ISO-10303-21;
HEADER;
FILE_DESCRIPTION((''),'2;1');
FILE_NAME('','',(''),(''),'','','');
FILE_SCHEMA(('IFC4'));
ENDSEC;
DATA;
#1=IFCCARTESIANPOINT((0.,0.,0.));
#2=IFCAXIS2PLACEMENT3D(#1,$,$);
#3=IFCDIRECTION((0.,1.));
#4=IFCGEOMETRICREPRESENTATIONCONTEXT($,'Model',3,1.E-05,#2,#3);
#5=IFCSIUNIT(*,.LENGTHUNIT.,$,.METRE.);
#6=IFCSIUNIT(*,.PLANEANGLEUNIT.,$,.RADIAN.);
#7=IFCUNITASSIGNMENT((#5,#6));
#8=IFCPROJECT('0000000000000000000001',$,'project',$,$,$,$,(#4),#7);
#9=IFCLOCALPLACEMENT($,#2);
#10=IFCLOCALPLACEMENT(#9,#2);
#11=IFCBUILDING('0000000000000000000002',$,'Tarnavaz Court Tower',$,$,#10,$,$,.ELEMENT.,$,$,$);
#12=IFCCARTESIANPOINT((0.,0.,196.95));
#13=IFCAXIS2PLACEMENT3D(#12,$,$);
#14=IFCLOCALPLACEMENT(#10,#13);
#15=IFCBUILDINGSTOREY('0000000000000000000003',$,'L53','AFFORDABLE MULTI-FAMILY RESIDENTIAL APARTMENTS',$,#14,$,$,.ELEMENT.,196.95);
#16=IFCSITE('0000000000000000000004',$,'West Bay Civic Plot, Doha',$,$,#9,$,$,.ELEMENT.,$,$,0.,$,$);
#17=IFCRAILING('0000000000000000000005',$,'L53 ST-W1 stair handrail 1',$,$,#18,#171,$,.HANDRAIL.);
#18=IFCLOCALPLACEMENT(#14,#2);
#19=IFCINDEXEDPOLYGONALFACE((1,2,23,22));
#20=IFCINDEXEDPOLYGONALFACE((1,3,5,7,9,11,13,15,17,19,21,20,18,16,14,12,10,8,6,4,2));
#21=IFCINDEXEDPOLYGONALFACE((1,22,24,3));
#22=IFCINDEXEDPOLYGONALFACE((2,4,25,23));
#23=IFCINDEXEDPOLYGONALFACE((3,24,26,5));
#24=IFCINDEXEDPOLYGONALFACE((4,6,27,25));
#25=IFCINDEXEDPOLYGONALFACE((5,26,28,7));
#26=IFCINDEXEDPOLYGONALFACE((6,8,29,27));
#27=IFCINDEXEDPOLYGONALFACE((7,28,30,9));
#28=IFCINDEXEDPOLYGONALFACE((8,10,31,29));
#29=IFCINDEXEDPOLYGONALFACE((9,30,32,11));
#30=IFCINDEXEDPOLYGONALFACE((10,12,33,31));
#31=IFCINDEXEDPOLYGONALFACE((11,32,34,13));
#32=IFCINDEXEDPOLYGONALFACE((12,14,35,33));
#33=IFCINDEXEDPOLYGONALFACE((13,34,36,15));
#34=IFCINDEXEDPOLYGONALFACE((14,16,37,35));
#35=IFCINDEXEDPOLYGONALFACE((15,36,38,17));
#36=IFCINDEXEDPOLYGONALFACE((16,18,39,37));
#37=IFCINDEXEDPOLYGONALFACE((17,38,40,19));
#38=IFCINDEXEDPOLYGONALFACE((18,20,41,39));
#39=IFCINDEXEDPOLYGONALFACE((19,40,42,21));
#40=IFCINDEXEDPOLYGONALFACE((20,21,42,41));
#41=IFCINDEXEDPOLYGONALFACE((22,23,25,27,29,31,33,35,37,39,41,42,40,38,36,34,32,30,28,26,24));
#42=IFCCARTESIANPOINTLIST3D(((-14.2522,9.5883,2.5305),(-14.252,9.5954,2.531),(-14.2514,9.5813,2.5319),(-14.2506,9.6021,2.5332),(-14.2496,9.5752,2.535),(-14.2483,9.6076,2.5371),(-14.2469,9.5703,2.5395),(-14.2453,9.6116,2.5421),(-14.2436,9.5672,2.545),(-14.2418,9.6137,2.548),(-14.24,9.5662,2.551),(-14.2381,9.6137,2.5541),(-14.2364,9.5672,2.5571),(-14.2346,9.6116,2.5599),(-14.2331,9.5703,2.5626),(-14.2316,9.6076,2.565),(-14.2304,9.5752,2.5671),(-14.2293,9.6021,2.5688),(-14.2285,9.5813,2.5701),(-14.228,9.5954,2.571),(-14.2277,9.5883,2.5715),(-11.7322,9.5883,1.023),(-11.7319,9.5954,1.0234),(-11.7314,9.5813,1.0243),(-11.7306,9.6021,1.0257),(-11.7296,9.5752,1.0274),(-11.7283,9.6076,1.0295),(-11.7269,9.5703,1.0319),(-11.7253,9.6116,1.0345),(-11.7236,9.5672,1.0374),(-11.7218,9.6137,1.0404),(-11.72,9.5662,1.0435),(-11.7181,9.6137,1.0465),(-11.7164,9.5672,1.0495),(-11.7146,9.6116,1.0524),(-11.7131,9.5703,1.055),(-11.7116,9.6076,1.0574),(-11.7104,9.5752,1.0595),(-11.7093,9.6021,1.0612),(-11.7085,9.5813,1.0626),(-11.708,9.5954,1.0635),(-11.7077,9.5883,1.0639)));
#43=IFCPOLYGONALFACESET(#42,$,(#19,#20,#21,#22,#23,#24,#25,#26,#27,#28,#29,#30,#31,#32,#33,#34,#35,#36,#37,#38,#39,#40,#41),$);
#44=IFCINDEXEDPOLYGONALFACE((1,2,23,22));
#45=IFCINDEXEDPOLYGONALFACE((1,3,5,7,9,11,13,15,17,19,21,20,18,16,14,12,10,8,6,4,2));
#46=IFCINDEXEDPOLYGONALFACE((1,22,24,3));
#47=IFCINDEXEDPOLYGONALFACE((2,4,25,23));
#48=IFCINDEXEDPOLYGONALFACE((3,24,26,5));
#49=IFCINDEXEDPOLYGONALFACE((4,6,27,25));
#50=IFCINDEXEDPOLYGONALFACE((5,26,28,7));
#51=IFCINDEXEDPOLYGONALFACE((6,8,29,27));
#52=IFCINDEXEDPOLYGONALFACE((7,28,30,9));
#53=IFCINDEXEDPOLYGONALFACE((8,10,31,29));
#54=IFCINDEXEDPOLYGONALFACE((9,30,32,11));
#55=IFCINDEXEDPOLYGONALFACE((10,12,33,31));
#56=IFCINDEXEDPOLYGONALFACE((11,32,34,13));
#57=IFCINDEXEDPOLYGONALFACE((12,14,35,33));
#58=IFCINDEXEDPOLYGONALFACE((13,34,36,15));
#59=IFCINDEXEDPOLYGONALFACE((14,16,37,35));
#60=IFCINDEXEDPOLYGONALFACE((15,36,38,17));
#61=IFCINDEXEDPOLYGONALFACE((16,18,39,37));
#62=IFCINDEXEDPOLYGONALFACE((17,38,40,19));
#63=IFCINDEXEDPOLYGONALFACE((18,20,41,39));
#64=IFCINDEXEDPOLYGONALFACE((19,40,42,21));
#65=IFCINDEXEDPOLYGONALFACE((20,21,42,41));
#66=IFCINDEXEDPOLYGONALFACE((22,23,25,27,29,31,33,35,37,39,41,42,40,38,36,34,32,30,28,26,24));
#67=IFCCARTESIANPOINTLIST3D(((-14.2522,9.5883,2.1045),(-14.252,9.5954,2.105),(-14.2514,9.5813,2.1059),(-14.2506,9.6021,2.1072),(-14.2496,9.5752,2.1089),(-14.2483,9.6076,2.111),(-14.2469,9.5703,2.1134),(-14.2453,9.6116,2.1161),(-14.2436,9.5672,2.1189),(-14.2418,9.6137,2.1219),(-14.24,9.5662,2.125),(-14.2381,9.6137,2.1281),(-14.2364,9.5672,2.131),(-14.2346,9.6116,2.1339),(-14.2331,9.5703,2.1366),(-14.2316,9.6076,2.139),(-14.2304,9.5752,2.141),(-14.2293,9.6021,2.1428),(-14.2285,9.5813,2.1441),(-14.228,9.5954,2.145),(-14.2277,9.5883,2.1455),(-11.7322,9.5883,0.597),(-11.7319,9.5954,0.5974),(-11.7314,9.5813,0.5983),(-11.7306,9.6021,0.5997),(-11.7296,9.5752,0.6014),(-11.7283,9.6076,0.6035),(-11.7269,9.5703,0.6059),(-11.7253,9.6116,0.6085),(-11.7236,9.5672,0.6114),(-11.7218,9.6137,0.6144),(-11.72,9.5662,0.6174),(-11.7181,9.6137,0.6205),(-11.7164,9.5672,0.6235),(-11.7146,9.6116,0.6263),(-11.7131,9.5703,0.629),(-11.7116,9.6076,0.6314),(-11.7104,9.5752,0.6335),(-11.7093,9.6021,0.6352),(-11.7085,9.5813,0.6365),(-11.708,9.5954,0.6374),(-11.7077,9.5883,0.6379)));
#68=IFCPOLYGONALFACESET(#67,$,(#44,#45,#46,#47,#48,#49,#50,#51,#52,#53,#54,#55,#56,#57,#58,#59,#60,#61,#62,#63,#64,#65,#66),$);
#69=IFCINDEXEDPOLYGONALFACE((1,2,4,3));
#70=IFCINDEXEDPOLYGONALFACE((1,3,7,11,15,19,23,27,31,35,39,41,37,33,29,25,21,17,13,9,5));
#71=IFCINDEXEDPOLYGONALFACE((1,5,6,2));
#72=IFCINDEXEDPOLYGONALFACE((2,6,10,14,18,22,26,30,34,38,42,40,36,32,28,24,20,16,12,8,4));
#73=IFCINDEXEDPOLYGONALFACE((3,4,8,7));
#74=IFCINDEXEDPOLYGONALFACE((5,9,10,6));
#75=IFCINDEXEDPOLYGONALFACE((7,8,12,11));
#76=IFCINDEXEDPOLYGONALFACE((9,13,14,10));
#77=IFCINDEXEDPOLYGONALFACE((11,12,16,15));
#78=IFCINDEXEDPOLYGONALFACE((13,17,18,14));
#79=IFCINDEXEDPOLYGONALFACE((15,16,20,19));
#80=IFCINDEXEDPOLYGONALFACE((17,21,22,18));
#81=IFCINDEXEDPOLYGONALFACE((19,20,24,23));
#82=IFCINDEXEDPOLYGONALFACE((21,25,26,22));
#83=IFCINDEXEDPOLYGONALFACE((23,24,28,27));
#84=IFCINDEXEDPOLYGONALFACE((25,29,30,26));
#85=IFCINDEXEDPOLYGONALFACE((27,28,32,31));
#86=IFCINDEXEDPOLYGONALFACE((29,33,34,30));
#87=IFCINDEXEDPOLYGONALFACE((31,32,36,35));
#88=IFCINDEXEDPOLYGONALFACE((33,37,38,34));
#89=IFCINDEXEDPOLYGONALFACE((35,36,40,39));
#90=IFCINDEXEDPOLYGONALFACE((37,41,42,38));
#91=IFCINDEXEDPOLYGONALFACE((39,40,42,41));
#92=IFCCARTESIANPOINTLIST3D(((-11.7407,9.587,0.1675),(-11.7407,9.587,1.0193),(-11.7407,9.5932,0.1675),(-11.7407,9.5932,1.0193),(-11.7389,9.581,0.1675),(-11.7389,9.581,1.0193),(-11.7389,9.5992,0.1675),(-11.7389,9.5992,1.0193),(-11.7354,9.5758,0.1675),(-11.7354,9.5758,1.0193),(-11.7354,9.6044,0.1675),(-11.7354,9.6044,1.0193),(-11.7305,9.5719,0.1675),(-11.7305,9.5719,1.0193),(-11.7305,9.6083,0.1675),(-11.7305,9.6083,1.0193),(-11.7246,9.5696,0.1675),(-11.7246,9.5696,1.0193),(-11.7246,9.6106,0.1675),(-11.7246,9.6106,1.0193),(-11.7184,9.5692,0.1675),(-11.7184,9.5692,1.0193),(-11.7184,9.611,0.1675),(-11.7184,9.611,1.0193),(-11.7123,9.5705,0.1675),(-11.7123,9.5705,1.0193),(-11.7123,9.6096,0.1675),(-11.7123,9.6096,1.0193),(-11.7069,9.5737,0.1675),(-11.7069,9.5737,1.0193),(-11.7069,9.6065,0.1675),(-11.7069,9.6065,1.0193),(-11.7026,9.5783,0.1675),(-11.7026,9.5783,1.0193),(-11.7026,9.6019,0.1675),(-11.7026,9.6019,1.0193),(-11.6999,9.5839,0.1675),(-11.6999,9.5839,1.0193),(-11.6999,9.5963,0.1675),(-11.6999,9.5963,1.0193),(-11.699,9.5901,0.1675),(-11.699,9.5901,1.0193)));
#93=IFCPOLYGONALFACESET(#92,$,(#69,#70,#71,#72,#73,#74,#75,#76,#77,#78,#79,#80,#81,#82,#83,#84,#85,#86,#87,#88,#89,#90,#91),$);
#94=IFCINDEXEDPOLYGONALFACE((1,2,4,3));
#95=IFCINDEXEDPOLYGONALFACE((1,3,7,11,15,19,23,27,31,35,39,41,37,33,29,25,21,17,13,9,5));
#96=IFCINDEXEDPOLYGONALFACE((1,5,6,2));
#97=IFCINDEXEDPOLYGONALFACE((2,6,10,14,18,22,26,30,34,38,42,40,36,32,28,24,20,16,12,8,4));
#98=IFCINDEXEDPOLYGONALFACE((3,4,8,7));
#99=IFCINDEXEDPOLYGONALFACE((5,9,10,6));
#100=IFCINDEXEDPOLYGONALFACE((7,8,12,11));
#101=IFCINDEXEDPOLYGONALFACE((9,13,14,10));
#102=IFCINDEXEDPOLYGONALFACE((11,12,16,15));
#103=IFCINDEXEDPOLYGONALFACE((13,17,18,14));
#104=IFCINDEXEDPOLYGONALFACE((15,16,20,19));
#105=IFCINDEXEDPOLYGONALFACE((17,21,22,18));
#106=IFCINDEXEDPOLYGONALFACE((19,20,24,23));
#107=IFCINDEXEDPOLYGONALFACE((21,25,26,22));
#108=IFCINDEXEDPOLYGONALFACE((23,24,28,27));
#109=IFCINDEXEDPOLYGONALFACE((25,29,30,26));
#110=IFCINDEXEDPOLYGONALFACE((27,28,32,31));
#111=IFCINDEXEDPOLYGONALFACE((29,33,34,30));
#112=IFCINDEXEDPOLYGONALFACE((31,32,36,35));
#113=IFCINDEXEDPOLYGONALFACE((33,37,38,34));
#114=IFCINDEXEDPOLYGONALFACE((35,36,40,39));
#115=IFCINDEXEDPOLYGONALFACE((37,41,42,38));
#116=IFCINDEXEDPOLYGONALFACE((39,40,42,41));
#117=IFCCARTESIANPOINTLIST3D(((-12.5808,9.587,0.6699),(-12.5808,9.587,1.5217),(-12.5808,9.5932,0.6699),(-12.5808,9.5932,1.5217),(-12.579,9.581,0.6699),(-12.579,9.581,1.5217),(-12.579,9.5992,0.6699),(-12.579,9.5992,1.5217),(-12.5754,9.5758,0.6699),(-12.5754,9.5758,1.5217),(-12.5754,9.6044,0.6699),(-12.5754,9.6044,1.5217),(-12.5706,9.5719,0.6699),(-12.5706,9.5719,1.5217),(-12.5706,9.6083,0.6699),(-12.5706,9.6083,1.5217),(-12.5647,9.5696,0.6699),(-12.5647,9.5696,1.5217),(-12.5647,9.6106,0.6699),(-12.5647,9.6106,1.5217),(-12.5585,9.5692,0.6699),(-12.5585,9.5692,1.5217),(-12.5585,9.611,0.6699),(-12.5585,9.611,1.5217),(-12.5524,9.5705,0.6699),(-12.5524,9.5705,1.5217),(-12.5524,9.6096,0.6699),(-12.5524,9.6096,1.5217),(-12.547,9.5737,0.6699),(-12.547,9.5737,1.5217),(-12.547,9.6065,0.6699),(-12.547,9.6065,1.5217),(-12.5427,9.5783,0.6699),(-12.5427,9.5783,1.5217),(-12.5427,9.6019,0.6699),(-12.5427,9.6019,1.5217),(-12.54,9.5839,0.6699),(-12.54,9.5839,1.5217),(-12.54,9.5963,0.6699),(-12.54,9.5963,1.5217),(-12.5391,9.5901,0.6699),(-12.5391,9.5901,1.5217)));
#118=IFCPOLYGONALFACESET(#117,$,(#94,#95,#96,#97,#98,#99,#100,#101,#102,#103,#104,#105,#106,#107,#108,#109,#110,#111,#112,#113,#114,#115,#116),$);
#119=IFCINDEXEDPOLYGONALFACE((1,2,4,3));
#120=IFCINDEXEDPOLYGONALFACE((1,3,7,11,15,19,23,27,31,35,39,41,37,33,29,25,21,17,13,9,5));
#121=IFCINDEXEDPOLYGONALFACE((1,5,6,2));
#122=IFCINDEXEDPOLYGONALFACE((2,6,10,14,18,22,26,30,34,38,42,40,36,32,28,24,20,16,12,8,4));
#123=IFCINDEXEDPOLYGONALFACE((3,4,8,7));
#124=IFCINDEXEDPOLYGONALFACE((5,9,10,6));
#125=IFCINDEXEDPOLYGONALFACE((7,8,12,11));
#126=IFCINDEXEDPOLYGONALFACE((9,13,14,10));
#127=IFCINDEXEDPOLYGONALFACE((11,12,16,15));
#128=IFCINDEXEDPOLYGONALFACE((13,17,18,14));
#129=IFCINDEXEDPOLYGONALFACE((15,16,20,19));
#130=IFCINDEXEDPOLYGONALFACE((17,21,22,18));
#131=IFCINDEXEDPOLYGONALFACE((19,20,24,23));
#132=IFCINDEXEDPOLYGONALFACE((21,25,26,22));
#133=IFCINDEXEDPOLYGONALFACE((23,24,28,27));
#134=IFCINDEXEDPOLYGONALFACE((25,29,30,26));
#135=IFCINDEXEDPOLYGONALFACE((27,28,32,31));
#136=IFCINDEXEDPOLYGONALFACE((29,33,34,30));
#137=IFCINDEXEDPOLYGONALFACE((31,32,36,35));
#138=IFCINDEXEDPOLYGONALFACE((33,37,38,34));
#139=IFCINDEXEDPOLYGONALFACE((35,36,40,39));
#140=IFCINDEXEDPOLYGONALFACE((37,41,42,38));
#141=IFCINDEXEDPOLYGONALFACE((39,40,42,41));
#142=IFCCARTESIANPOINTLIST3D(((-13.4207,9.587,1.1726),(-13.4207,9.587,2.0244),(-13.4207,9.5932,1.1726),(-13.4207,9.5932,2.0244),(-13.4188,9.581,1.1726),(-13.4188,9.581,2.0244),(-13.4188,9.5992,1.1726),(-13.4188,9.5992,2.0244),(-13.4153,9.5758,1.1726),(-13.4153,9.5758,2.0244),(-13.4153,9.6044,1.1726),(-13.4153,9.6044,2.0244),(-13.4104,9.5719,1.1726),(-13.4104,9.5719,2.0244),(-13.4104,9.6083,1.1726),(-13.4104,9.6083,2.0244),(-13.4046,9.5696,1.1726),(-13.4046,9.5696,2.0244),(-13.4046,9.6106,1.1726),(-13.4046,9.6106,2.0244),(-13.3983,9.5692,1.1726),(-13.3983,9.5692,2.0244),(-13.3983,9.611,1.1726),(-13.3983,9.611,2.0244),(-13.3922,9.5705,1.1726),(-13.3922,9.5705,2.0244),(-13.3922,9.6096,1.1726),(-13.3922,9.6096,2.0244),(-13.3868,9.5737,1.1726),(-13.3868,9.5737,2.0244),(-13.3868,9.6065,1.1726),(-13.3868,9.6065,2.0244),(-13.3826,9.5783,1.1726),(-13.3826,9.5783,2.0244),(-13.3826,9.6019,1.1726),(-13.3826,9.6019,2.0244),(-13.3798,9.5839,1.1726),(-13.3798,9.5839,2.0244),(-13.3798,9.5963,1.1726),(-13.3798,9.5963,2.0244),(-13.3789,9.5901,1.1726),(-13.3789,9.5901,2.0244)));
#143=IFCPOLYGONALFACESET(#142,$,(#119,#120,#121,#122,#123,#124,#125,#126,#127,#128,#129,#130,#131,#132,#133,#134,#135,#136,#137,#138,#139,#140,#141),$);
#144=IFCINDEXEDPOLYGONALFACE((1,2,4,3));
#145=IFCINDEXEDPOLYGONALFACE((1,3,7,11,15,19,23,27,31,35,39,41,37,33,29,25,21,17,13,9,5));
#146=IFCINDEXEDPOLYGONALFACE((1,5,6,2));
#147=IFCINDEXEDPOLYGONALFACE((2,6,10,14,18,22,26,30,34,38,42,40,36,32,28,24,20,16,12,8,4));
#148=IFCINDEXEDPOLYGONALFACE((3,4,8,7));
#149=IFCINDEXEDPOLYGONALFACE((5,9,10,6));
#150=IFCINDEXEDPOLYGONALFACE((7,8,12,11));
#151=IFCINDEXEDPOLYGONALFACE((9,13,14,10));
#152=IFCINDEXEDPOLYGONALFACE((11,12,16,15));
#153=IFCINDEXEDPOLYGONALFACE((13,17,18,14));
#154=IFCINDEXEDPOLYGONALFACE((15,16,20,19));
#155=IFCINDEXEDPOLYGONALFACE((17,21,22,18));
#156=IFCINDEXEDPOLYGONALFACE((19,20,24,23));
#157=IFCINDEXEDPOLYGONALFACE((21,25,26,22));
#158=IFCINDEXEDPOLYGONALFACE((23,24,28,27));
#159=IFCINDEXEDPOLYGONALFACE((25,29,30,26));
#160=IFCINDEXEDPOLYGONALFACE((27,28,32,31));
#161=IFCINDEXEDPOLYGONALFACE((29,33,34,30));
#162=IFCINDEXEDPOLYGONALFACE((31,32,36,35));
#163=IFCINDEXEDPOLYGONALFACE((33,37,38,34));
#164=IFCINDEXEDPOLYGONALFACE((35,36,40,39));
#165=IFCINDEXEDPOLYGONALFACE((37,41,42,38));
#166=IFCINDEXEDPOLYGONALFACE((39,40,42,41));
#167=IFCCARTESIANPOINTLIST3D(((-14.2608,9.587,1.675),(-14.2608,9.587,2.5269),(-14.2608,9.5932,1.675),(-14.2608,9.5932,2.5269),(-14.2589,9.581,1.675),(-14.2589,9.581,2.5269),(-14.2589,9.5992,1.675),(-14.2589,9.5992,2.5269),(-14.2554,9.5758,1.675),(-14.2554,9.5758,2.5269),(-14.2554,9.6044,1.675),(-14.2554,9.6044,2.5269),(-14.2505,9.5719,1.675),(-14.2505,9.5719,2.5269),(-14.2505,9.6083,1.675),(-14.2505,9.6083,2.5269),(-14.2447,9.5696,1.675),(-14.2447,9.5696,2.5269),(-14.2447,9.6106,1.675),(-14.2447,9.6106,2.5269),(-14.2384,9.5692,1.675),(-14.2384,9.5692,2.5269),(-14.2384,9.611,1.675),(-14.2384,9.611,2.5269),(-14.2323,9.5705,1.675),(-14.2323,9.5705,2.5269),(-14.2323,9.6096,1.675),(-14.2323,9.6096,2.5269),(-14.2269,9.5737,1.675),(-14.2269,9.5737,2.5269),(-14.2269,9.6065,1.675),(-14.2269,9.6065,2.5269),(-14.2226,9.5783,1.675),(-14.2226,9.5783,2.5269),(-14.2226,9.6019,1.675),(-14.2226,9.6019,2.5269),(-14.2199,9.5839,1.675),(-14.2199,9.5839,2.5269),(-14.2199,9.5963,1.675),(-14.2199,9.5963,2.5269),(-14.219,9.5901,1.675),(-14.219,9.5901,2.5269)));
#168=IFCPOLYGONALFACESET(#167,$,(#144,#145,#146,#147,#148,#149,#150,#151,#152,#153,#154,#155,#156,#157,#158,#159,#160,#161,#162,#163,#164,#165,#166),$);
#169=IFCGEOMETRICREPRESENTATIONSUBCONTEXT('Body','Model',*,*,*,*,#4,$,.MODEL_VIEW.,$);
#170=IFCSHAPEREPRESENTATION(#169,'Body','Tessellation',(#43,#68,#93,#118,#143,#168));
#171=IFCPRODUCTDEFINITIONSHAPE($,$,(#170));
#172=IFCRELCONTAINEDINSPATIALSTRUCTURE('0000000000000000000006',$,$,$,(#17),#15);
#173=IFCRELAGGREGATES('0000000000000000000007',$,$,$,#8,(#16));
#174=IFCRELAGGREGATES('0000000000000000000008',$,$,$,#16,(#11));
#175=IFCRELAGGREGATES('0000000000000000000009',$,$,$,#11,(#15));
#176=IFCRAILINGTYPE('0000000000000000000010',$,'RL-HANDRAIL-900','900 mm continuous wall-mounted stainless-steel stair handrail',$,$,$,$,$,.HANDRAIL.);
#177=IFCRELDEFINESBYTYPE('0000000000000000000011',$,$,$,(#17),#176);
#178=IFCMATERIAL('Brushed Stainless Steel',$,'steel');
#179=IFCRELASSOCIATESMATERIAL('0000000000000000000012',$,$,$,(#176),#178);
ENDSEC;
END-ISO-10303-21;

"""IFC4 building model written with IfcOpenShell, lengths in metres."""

from ifc_helpers import new_model, si_unit, direction, frame, origin, origin_2d, place, context, subcontext, project, spatial, circle, extrude, material, type_object, element, save


model = new_model("IFC4")

# Units and contexts
model_context = context("Model", 3, precision=1e-05, world=origin(), true_north=direction((0.0, 1.0)))
body_context = subcontext(model_context, "Body", "Model", "MODEL_VIEW")
ifc_project = project(units=[si_unit("LENGTHUNIT", "METRE"), si_unit("PLANEANGLEUNIT", "RADIAN")], contexts=[model_context])

# Site, building, storey
site_placement = place(None, origin())
site = spatial("IfcSite", under=ifc_project, at=site_placement, Name="West Bay Civic Plot, Doha", CompositionType="ELEMENT", RefElevation=0.0)
building_placement = place(site_placement, origin())
building = spatial("IfcBuilding", under=site, at=building_placement, Name="Tarnavaz Court Tower", CompositionType="ELEMENT")
storey_placement = place(building_placement, frame((0.0, 0.0, 196.95)))
storey = spatial("IfcBuildingStorey", under=building, at=storey_placement, Name="L53", Description="AFFORDABLE MULTI-FAMILY RESIDENTIAL APARTMENTS", CompositionType="ELEMENT", Elevation=196.95)

# Railing
ifc_material_1 = material(Name="Brushed Stainless Steel", Category="steel")
railing_type_1 = type_object("IfcRailingType", Name="RL-HANDRAIL-900", Description="900 mm continuous wall-mounted stainless-steel stair handrail", PredefinedType="HANDRAIL", material=ifc_material_1)
railing_1_placement = place(storey_placement, frame((-11.72, 9.5901, 0.1675)))
element("IfcRailing", 1, at=railing_1_placement, inside=storey, type_object=railing_type_1, Name="L53 ST-W1 stair handrail 1", PredefinedType="HANDRAIL", context=body_context, shape_type="SweptSolid", body=[
    extrude(circle(Radius=0.0239, at=origin_2d()), frame((0.0, 0.0, 0.876), z_axis=(-0.85816, 0.0, 0.513383), x_axis=(0.0, -1.0, 0.0)), (0.0, 0.0, 1.0), 2.9365),
    extrude(circle(Radius=0.0239, at=origin_2d()), frame((0.0, 0.0, 0.45), z_axis=(-0.85816, 0.0, 0.513383), x_axis=(0.0, -1.0, 0.0)), (0.0, 0.0, 1.0), 2.9365),
    extrude(circle(Radius=0.021, at=origin_2d()), origin(), (0.0, 0.0, 1.0), 0.8518),
    extrude(circle(Radius=0.021, at=origin_2d()), frame((-0.8401, 0.0, 0.5024)), (0.0, 0.0, 1.0), 0.8518),
    extrude(circle(Radius=0.021, at=origin_2d()), frame((-1.6799, 0.0, 1.0051)), (0.0, 0.0, 1.0), 0.8518),
    extrude(circle(Radius=0.021, at=origin_2d()), frame((-2.52, 0.0, 1.5076)), (0.0, 0.0, 1.0), 0.8518),
])

save(model, "model.ifc")
